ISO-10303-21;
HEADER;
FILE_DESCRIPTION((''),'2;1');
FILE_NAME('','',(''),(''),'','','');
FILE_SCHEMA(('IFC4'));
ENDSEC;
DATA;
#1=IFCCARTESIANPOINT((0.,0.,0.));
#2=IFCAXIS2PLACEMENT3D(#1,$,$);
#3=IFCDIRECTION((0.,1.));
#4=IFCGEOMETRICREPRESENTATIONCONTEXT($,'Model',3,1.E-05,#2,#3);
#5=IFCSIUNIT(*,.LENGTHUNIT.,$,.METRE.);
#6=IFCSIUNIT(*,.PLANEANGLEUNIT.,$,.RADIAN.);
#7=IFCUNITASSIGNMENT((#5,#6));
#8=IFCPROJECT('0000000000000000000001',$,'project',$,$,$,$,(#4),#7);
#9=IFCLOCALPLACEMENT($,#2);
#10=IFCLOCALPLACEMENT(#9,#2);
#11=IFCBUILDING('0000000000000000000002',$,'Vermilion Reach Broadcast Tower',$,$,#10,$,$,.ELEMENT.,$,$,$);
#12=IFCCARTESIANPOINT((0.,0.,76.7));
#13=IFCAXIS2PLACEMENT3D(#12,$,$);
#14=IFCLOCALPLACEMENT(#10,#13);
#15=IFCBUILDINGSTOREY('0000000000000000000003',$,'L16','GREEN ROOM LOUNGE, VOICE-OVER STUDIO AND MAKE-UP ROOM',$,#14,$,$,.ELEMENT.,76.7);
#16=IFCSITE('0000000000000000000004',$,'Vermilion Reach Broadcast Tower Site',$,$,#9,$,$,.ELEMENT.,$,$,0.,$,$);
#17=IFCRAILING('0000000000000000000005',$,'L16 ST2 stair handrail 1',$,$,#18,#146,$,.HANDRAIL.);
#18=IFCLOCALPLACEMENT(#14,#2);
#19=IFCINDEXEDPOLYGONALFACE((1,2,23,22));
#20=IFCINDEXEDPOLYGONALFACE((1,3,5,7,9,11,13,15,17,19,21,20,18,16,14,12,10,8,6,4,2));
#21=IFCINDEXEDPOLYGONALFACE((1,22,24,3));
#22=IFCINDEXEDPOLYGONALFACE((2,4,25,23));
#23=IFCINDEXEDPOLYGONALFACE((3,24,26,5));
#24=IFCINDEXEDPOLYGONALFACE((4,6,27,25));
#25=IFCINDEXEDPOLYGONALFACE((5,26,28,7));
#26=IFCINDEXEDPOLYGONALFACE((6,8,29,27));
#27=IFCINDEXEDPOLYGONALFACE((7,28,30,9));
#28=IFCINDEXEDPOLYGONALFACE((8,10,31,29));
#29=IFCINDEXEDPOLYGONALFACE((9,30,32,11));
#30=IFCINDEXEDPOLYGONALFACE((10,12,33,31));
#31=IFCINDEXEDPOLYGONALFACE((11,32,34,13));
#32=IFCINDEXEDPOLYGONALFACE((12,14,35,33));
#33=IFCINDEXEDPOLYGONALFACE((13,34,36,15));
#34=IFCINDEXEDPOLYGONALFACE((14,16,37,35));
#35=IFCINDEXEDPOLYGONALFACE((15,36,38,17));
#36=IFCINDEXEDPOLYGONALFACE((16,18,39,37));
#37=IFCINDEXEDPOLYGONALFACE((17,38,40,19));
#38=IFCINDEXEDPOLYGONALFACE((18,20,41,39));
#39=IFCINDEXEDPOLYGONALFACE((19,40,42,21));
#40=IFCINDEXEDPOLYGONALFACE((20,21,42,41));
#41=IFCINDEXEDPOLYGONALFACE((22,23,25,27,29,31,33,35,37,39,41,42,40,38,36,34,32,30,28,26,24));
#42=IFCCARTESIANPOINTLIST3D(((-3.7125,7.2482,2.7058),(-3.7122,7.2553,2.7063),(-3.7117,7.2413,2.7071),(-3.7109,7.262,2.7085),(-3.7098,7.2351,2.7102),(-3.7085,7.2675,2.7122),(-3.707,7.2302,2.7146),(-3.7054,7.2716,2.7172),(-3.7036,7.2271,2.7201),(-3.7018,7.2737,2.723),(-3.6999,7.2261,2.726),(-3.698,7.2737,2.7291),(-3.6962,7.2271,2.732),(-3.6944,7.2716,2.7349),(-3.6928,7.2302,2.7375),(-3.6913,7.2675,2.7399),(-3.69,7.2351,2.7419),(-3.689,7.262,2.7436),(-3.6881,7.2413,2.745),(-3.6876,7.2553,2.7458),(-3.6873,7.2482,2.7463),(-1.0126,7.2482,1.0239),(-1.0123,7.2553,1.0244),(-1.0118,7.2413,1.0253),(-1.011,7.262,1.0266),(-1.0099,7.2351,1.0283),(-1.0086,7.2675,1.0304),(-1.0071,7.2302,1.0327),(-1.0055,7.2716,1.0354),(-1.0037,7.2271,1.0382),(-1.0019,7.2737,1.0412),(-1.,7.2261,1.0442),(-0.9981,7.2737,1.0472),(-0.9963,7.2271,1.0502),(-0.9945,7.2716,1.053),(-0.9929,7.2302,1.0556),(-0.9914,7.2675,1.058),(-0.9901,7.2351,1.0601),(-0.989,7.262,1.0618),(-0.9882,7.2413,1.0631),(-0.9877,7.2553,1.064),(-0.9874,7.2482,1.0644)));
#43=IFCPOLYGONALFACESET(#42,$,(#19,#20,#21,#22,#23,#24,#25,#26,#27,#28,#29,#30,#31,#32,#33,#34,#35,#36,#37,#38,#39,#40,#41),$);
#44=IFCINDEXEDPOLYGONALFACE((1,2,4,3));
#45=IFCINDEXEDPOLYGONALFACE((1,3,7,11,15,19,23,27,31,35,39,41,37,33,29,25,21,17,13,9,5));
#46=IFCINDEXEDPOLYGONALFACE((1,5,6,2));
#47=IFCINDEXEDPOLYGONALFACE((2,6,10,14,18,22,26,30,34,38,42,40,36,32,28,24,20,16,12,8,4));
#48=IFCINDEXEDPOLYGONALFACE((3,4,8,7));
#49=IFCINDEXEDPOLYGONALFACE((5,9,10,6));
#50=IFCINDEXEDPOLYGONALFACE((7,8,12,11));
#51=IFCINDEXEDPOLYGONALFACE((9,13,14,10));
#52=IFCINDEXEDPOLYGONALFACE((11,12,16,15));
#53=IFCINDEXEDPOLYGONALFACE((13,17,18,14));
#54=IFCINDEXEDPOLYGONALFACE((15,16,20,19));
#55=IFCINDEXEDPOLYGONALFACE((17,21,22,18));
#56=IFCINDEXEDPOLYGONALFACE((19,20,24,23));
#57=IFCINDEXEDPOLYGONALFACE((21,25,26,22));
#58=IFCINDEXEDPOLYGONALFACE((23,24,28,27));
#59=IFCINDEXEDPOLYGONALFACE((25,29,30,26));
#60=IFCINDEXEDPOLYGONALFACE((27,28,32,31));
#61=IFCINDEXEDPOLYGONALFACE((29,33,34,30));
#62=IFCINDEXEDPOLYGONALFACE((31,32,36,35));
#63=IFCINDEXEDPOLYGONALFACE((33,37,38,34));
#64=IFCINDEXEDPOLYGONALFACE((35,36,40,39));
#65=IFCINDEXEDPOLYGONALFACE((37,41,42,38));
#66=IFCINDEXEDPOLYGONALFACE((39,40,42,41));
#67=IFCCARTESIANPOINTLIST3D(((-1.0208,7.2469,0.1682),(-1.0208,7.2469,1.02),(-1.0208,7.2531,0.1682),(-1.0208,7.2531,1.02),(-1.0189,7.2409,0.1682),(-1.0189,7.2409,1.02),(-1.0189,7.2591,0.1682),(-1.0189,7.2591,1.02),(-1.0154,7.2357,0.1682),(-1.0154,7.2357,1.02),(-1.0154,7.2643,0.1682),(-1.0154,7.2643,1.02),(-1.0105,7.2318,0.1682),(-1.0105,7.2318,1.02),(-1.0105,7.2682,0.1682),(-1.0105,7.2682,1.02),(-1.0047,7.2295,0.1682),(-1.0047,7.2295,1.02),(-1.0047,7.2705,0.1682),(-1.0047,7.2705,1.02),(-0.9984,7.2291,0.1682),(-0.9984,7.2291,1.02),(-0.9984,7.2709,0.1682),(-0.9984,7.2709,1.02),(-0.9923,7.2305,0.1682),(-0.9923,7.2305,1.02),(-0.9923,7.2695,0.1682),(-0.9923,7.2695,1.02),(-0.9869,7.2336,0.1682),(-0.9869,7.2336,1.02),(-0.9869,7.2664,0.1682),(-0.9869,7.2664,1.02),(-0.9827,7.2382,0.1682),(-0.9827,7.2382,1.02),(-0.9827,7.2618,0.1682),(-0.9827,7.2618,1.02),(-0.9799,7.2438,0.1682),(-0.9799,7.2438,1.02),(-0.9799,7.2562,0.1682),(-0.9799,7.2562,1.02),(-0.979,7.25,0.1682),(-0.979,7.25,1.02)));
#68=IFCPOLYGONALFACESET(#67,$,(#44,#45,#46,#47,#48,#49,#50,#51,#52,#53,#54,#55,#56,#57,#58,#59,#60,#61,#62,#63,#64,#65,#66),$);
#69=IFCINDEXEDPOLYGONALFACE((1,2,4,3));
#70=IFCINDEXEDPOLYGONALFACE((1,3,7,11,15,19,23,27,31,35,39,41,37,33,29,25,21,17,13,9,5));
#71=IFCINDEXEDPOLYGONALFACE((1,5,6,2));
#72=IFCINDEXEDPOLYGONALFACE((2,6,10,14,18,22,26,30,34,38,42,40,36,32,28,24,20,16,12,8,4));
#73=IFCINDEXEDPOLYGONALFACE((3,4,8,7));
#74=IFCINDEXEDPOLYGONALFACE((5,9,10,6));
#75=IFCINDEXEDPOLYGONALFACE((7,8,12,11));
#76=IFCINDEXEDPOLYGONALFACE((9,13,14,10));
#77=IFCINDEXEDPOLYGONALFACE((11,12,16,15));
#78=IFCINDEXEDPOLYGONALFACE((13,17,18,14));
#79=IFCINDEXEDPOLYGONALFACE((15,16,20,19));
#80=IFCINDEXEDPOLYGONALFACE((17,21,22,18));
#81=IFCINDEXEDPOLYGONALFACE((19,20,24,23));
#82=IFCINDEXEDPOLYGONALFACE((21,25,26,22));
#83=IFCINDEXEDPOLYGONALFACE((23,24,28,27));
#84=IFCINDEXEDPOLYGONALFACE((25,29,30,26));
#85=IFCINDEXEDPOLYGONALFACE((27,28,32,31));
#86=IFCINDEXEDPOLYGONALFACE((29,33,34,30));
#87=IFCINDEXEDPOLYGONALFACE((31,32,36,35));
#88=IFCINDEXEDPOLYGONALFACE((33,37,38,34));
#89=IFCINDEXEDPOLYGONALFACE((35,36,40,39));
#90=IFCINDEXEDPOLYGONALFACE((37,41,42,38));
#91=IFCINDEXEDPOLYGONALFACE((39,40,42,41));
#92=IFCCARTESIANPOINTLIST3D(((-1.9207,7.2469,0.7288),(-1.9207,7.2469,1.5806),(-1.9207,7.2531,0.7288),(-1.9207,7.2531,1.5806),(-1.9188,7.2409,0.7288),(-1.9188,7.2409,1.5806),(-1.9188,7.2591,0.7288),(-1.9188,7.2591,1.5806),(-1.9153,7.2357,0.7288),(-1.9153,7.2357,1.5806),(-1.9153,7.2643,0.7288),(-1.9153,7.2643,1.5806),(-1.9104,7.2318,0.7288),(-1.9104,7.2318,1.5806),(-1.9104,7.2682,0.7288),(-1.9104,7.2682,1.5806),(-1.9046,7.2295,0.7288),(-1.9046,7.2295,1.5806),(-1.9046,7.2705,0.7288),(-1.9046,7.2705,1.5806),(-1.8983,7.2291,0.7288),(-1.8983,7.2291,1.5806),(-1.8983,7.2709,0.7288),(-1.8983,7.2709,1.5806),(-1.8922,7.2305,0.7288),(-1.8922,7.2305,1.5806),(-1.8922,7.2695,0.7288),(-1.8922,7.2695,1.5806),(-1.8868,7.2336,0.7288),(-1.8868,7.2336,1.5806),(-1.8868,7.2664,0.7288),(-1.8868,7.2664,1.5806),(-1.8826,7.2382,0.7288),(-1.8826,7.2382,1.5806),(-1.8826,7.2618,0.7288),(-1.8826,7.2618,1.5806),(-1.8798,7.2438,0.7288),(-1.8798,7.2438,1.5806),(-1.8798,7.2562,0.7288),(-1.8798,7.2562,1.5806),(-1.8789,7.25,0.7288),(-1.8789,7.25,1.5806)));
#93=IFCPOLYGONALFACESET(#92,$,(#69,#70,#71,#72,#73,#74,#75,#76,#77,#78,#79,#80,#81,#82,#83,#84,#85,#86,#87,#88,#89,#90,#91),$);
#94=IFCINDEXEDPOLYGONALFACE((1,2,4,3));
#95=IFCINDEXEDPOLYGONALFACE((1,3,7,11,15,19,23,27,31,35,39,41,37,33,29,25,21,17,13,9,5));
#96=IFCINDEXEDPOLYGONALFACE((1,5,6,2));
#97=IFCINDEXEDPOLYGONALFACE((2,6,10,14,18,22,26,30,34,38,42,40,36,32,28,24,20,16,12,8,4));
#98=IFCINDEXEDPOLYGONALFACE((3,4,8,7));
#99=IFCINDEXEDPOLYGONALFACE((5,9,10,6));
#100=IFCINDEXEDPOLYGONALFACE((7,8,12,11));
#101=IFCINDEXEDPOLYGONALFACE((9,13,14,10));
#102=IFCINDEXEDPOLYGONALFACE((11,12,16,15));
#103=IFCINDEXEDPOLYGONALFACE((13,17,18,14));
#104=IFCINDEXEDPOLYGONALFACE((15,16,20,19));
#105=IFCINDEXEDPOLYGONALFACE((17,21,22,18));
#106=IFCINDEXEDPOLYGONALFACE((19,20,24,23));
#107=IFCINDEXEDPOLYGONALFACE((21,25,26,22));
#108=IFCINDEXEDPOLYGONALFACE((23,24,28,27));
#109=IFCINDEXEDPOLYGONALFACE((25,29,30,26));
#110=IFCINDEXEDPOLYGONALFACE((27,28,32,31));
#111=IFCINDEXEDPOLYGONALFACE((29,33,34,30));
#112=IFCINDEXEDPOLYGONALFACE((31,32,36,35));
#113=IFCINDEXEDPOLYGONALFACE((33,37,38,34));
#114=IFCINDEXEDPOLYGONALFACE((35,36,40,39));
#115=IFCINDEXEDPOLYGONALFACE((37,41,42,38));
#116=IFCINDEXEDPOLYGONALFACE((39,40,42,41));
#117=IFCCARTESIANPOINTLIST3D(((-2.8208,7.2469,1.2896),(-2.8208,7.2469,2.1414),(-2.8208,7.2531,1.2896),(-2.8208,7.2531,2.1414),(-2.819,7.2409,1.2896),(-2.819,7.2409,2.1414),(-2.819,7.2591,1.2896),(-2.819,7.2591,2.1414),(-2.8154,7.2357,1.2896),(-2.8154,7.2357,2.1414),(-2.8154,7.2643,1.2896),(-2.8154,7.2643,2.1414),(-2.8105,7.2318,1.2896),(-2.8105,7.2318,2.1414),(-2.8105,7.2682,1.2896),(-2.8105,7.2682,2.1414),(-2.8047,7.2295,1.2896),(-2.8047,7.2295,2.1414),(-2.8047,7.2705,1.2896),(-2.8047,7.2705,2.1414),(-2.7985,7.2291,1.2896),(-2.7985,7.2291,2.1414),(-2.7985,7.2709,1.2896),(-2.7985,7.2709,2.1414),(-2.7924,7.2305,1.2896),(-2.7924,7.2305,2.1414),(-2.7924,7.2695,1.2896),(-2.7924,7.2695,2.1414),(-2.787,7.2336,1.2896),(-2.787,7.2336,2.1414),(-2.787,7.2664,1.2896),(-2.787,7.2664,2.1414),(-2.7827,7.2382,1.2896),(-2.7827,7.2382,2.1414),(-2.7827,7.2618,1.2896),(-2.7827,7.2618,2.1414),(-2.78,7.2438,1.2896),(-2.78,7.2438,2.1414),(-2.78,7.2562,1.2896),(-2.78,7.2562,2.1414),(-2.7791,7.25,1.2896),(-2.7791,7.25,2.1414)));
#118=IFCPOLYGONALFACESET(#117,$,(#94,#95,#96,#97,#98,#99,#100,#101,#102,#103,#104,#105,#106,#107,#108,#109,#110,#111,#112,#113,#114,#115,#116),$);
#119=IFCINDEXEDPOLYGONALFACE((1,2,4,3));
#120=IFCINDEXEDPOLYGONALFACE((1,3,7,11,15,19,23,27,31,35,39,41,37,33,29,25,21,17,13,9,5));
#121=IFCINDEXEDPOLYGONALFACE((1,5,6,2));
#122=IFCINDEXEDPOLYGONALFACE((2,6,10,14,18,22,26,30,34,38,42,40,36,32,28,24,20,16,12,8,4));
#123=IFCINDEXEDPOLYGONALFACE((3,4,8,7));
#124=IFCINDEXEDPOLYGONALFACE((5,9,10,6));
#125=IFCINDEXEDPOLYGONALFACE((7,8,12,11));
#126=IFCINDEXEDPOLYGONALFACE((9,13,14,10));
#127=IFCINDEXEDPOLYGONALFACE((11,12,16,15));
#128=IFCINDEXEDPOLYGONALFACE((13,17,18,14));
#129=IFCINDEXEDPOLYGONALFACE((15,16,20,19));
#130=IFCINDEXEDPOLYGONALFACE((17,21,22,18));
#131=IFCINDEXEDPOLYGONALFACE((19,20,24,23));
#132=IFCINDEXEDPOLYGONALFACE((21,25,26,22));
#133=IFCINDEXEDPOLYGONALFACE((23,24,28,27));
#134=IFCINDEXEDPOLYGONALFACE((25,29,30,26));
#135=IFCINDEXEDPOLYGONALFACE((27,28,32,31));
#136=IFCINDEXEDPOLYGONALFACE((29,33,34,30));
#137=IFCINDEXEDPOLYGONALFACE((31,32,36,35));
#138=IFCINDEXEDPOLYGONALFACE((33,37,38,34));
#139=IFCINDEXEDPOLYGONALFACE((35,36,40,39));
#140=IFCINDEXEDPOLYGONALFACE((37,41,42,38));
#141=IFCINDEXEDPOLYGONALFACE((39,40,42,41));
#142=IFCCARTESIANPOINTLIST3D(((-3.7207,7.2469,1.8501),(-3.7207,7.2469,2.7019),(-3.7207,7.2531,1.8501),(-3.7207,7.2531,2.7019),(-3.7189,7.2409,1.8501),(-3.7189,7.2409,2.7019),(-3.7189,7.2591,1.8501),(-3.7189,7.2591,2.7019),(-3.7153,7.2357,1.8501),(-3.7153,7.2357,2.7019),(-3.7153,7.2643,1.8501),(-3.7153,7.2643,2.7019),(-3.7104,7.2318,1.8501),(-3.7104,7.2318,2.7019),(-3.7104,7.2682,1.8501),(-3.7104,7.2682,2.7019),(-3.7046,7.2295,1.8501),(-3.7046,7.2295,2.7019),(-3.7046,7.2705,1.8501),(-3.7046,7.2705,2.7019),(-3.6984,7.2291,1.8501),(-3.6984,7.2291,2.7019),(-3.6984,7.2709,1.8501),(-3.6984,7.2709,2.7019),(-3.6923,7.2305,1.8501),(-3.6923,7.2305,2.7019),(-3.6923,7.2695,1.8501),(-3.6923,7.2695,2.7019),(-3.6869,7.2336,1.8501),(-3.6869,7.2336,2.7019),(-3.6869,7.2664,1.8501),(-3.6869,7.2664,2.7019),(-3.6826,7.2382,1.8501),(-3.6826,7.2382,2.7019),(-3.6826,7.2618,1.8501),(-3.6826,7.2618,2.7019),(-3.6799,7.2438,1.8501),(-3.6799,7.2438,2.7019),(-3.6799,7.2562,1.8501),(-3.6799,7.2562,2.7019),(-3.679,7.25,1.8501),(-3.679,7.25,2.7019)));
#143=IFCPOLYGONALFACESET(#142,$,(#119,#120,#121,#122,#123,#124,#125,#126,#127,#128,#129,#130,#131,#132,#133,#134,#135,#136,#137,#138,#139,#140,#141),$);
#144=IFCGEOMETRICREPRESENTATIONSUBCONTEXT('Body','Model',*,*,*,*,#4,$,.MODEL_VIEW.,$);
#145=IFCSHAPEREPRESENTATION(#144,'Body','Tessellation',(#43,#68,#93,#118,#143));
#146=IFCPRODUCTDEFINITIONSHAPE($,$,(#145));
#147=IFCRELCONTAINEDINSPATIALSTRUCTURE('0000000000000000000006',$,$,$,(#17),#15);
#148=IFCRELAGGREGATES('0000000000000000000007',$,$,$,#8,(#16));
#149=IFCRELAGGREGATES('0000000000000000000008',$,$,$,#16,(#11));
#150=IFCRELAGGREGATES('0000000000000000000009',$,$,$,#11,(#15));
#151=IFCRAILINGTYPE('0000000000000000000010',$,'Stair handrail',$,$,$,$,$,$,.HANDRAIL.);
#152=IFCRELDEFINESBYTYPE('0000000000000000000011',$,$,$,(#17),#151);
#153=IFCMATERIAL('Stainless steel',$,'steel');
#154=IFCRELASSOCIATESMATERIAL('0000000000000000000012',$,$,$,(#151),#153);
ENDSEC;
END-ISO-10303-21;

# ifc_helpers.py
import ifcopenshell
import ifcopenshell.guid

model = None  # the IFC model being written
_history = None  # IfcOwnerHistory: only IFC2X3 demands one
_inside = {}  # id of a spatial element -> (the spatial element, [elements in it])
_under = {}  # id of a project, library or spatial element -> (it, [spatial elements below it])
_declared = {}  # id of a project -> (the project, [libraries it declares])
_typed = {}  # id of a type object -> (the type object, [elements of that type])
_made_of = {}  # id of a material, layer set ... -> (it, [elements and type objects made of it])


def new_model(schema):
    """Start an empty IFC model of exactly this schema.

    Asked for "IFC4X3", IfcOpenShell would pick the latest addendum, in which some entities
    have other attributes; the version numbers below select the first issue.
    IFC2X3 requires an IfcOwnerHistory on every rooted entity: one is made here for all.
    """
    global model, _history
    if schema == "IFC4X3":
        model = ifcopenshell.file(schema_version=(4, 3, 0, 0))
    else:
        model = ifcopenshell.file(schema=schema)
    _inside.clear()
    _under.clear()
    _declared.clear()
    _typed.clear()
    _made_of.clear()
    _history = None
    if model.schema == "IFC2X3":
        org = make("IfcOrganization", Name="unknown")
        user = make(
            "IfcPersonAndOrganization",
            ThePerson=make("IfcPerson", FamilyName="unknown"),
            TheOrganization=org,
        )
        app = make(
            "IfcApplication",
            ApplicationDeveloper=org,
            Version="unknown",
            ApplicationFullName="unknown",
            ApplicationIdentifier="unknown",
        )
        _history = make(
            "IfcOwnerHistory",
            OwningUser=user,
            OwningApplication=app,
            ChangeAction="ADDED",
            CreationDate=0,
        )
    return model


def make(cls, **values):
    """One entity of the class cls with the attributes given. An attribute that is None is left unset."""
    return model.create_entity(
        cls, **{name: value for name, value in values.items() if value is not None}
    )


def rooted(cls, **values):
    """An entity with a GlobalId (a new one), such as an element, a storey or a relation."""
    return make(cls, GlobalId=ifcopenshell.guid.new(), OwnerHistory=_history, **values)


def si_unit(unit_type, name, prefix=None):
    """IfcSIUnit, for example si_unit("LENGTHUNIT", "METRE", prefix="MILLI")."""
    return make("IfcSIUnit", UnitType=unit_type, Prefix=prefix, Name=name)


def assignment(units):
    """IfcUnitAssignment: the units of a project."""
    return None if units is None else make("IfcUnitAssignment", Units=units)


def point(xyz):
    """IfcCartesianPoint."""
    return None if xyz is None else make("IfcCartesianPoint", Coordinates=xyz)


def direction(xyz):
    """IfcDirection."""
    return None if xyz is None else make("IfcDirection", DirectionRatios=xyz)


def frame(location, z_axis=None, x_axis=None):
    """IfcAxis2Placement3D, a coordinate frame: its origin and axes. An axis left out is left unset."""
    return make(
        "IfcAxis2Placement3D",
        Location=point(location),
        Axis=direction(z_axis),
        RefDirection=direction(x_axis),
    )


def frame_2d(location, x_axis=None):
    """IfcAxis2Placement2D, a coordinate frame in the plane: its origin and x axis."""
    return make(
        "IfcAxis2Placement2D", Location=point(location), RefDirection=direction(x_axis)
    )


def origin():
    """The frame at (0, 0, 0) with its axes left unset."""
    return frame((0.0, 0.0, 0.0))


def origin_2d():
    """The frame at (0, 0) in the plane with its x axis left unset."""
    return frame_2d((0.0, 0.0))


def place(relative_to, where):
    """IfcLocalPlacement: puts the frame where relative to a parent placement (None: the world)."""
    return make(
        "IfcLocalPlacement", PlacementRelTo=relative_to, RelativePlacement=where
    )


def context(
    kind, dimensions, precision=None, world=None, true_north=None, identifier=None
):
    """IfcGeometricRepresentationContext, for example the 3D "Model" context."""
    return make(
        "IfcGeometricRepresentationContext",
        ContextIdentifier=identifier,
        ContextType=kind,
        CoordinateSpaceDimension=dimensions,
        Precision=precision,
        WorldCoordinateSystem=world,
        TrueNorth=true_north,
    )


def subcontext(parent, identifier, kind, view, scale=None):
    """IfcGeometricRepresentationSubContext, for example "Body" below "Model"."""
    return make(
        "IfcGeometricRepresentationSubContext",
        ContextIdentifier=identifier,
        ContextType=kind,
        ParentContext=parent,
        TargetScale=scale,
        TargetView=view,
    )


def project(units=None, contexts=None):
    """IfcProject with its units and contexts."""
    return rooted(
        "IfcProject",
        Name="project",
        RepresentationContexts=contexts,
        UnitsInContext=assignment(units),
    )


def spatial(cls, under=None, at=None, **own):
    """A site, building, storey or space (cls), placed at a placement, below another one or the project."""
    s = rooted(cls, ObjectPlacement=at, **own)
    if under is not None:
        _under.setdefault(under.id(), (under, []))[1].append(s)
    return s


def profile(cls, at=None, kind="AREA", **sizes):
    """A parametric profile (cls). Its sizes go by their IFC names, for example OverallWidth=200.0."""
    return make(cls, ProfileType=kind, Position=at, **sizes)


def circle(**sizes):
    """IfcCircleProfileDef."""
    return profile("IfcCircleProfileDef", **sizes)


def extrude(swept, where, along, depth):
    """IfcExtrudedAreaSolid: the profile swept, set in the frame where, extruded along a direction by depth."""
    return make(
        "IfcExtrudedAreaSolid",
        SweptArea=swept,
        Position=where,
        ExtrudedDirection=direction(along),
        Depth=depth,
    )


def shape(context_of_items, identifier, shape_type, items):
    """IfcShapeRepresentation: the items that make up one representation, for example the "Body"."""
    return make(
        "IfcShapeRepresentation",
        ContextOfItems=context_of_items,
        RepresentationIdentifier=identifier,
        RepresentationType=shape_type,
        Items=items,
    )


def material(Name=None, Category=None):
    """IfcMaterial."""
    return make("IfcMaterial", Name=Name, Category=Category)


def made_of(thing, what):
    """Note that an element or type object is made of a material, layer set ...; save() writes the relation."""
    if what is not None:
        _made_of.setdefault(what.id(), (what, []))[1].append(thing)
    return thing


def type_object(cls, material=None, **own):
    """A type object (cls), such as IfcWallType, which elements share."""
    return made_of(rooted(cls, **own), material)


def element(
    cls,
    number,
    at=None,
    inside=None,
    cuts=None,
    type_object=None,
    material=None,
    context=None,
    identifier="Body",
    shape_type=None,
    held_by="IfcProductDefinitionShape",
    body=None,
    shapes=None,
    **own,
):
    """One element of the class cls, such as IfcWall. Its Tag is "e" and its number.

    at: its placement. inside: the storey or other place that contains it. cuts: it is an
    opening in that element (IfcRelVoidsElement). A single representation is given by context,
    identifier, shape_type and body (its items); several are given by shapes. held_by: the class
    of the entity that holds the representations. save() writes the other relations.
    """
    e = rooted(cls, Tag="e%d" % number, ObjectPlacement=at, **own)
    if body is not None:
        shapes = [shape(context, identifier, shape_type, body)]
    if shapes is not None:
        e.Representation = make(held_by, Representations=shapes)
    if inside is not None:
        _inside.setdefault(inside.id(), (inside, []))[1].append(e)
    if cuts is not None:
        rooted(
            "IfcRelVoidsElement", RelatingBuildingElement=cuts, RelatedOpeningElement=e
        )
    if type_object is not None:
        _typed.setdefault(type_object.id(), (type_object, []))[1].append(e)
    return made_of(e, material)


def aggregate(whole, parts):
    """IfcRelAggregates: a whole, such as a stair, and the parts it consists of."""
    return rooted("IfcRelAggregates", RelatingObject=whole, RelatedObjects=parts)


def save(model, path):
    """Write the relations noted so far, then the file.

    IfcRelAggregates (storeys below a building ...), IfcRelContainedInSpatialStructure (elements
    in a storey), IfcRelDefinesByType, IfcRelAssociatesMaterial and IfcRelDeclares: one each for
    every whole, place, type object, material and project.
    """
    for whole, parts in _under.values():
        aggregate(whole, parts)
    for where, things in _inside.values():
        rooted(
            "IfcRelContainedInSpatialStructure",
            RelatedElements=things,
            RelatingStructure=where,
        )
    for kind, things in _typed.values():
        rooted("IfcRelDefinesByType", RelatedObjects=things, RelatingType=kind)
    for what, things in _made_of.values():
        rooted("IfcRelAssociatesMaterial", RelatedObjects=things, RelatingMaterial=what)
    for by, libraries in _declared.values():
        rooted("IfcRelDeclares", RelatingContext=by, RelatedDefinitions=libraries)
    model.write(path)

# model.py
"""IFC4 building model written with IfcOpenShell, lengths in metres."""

from ifc_helpers import new_model, si_unit, direction, frame, origin, origin_2d, place, context, subcontext, project, spatial, circle, extrude, material, type_object, element, save


model = new_model("IFC4")

# Units and contexts
model_context = context("Model", 3, precision=1e-05, world=origin(), true_north=direction((0.0, 1.0)))
body_context = subcontext(model_context, "Body", "Model", "MODEL_VIEW")
ifc_project = project(units=[si_unit("LENGTHUNIT", "METRE"), si_unit("PLANEANGLEUNIT", "RADIAN")], contexts=[model_context])

# Site, building, storey
site_placement = place(None, origin())
site = spatial("IfcSite", under=ifc_project, at=site_placement, Name="Vermilion Reach Broadcast Tower Site", CompositionType="ELEMENT", RefElevation=0.0)
building_placement = place(site_placement, origin())
building = spatial("IfcBuilding", under=site, at=building_placement, Name="Vermilion Reach Broadcast Tower", CompositionType="ELEMENT")
storey_placement = place(building_placement, frame((0.0, 0.0, 76.7)))
storey = spatial("IfcBuildingStorey", under=building, at=storey_placement, Name="L16", Description="GREEN ROOM LOUNGE, VOICE-OVER STUDIO AND MAKE-UP ROOM", CompositionType="ELEMENT", Elevation=76.7)

# Railing
ifc_material_1 = material(Name="Stainless steel", Category="steel")
railing_type_1 = type_object("IfcRailingType", Name="Stair handrail", PredefinedType="HANDRAIL", material=ifc_material_1)
railing_1_placement = place(storey_placement, frame((-1.0, 7.25, 0.1682)))
element("IfcRailing", 1, at=railing_1_placement, inside=storey, type_object=railing_type_1, Name="L16 ST2 stair handrail 1", PredefinedType="HANDRAIL", context=body_context, shape_type="SweptSolid", body=[
    extrude(circle(Radius=0.0239, at=origin_2d()), frame((0.0, 0.0, 0.876), z_axis=(-0.848786, 0.0, 0.528736), x_axis=(0.0, -1.0, 0.0)), (0.0, 0.0, 1.0), 3.1809),
    extrude(circle(Radius=0.021, at=origin_2d()), origin(), (0.0, 0.0, 1.0), 0.8518),
    extrude(circle(Radius=0.021, at=origin_2d()), frame((-0.8999, 0.0, 0.5605)), (0.0, 0.0, 1.0), 0.8518),
    extrude(circle(Radius=0.021, at=origin_2d()), frame((-1.8, 0.0, 1.1213)), (0.0, 0.0, 1.0), 0.8518),
    extrude(circle(Radius=0.021, at=origin_2d()), frame((-2.7, 0.0, 1.6819)), (0.0, 0.0, 1.0), 0.8518),
])

save(model, "model.ifc")
